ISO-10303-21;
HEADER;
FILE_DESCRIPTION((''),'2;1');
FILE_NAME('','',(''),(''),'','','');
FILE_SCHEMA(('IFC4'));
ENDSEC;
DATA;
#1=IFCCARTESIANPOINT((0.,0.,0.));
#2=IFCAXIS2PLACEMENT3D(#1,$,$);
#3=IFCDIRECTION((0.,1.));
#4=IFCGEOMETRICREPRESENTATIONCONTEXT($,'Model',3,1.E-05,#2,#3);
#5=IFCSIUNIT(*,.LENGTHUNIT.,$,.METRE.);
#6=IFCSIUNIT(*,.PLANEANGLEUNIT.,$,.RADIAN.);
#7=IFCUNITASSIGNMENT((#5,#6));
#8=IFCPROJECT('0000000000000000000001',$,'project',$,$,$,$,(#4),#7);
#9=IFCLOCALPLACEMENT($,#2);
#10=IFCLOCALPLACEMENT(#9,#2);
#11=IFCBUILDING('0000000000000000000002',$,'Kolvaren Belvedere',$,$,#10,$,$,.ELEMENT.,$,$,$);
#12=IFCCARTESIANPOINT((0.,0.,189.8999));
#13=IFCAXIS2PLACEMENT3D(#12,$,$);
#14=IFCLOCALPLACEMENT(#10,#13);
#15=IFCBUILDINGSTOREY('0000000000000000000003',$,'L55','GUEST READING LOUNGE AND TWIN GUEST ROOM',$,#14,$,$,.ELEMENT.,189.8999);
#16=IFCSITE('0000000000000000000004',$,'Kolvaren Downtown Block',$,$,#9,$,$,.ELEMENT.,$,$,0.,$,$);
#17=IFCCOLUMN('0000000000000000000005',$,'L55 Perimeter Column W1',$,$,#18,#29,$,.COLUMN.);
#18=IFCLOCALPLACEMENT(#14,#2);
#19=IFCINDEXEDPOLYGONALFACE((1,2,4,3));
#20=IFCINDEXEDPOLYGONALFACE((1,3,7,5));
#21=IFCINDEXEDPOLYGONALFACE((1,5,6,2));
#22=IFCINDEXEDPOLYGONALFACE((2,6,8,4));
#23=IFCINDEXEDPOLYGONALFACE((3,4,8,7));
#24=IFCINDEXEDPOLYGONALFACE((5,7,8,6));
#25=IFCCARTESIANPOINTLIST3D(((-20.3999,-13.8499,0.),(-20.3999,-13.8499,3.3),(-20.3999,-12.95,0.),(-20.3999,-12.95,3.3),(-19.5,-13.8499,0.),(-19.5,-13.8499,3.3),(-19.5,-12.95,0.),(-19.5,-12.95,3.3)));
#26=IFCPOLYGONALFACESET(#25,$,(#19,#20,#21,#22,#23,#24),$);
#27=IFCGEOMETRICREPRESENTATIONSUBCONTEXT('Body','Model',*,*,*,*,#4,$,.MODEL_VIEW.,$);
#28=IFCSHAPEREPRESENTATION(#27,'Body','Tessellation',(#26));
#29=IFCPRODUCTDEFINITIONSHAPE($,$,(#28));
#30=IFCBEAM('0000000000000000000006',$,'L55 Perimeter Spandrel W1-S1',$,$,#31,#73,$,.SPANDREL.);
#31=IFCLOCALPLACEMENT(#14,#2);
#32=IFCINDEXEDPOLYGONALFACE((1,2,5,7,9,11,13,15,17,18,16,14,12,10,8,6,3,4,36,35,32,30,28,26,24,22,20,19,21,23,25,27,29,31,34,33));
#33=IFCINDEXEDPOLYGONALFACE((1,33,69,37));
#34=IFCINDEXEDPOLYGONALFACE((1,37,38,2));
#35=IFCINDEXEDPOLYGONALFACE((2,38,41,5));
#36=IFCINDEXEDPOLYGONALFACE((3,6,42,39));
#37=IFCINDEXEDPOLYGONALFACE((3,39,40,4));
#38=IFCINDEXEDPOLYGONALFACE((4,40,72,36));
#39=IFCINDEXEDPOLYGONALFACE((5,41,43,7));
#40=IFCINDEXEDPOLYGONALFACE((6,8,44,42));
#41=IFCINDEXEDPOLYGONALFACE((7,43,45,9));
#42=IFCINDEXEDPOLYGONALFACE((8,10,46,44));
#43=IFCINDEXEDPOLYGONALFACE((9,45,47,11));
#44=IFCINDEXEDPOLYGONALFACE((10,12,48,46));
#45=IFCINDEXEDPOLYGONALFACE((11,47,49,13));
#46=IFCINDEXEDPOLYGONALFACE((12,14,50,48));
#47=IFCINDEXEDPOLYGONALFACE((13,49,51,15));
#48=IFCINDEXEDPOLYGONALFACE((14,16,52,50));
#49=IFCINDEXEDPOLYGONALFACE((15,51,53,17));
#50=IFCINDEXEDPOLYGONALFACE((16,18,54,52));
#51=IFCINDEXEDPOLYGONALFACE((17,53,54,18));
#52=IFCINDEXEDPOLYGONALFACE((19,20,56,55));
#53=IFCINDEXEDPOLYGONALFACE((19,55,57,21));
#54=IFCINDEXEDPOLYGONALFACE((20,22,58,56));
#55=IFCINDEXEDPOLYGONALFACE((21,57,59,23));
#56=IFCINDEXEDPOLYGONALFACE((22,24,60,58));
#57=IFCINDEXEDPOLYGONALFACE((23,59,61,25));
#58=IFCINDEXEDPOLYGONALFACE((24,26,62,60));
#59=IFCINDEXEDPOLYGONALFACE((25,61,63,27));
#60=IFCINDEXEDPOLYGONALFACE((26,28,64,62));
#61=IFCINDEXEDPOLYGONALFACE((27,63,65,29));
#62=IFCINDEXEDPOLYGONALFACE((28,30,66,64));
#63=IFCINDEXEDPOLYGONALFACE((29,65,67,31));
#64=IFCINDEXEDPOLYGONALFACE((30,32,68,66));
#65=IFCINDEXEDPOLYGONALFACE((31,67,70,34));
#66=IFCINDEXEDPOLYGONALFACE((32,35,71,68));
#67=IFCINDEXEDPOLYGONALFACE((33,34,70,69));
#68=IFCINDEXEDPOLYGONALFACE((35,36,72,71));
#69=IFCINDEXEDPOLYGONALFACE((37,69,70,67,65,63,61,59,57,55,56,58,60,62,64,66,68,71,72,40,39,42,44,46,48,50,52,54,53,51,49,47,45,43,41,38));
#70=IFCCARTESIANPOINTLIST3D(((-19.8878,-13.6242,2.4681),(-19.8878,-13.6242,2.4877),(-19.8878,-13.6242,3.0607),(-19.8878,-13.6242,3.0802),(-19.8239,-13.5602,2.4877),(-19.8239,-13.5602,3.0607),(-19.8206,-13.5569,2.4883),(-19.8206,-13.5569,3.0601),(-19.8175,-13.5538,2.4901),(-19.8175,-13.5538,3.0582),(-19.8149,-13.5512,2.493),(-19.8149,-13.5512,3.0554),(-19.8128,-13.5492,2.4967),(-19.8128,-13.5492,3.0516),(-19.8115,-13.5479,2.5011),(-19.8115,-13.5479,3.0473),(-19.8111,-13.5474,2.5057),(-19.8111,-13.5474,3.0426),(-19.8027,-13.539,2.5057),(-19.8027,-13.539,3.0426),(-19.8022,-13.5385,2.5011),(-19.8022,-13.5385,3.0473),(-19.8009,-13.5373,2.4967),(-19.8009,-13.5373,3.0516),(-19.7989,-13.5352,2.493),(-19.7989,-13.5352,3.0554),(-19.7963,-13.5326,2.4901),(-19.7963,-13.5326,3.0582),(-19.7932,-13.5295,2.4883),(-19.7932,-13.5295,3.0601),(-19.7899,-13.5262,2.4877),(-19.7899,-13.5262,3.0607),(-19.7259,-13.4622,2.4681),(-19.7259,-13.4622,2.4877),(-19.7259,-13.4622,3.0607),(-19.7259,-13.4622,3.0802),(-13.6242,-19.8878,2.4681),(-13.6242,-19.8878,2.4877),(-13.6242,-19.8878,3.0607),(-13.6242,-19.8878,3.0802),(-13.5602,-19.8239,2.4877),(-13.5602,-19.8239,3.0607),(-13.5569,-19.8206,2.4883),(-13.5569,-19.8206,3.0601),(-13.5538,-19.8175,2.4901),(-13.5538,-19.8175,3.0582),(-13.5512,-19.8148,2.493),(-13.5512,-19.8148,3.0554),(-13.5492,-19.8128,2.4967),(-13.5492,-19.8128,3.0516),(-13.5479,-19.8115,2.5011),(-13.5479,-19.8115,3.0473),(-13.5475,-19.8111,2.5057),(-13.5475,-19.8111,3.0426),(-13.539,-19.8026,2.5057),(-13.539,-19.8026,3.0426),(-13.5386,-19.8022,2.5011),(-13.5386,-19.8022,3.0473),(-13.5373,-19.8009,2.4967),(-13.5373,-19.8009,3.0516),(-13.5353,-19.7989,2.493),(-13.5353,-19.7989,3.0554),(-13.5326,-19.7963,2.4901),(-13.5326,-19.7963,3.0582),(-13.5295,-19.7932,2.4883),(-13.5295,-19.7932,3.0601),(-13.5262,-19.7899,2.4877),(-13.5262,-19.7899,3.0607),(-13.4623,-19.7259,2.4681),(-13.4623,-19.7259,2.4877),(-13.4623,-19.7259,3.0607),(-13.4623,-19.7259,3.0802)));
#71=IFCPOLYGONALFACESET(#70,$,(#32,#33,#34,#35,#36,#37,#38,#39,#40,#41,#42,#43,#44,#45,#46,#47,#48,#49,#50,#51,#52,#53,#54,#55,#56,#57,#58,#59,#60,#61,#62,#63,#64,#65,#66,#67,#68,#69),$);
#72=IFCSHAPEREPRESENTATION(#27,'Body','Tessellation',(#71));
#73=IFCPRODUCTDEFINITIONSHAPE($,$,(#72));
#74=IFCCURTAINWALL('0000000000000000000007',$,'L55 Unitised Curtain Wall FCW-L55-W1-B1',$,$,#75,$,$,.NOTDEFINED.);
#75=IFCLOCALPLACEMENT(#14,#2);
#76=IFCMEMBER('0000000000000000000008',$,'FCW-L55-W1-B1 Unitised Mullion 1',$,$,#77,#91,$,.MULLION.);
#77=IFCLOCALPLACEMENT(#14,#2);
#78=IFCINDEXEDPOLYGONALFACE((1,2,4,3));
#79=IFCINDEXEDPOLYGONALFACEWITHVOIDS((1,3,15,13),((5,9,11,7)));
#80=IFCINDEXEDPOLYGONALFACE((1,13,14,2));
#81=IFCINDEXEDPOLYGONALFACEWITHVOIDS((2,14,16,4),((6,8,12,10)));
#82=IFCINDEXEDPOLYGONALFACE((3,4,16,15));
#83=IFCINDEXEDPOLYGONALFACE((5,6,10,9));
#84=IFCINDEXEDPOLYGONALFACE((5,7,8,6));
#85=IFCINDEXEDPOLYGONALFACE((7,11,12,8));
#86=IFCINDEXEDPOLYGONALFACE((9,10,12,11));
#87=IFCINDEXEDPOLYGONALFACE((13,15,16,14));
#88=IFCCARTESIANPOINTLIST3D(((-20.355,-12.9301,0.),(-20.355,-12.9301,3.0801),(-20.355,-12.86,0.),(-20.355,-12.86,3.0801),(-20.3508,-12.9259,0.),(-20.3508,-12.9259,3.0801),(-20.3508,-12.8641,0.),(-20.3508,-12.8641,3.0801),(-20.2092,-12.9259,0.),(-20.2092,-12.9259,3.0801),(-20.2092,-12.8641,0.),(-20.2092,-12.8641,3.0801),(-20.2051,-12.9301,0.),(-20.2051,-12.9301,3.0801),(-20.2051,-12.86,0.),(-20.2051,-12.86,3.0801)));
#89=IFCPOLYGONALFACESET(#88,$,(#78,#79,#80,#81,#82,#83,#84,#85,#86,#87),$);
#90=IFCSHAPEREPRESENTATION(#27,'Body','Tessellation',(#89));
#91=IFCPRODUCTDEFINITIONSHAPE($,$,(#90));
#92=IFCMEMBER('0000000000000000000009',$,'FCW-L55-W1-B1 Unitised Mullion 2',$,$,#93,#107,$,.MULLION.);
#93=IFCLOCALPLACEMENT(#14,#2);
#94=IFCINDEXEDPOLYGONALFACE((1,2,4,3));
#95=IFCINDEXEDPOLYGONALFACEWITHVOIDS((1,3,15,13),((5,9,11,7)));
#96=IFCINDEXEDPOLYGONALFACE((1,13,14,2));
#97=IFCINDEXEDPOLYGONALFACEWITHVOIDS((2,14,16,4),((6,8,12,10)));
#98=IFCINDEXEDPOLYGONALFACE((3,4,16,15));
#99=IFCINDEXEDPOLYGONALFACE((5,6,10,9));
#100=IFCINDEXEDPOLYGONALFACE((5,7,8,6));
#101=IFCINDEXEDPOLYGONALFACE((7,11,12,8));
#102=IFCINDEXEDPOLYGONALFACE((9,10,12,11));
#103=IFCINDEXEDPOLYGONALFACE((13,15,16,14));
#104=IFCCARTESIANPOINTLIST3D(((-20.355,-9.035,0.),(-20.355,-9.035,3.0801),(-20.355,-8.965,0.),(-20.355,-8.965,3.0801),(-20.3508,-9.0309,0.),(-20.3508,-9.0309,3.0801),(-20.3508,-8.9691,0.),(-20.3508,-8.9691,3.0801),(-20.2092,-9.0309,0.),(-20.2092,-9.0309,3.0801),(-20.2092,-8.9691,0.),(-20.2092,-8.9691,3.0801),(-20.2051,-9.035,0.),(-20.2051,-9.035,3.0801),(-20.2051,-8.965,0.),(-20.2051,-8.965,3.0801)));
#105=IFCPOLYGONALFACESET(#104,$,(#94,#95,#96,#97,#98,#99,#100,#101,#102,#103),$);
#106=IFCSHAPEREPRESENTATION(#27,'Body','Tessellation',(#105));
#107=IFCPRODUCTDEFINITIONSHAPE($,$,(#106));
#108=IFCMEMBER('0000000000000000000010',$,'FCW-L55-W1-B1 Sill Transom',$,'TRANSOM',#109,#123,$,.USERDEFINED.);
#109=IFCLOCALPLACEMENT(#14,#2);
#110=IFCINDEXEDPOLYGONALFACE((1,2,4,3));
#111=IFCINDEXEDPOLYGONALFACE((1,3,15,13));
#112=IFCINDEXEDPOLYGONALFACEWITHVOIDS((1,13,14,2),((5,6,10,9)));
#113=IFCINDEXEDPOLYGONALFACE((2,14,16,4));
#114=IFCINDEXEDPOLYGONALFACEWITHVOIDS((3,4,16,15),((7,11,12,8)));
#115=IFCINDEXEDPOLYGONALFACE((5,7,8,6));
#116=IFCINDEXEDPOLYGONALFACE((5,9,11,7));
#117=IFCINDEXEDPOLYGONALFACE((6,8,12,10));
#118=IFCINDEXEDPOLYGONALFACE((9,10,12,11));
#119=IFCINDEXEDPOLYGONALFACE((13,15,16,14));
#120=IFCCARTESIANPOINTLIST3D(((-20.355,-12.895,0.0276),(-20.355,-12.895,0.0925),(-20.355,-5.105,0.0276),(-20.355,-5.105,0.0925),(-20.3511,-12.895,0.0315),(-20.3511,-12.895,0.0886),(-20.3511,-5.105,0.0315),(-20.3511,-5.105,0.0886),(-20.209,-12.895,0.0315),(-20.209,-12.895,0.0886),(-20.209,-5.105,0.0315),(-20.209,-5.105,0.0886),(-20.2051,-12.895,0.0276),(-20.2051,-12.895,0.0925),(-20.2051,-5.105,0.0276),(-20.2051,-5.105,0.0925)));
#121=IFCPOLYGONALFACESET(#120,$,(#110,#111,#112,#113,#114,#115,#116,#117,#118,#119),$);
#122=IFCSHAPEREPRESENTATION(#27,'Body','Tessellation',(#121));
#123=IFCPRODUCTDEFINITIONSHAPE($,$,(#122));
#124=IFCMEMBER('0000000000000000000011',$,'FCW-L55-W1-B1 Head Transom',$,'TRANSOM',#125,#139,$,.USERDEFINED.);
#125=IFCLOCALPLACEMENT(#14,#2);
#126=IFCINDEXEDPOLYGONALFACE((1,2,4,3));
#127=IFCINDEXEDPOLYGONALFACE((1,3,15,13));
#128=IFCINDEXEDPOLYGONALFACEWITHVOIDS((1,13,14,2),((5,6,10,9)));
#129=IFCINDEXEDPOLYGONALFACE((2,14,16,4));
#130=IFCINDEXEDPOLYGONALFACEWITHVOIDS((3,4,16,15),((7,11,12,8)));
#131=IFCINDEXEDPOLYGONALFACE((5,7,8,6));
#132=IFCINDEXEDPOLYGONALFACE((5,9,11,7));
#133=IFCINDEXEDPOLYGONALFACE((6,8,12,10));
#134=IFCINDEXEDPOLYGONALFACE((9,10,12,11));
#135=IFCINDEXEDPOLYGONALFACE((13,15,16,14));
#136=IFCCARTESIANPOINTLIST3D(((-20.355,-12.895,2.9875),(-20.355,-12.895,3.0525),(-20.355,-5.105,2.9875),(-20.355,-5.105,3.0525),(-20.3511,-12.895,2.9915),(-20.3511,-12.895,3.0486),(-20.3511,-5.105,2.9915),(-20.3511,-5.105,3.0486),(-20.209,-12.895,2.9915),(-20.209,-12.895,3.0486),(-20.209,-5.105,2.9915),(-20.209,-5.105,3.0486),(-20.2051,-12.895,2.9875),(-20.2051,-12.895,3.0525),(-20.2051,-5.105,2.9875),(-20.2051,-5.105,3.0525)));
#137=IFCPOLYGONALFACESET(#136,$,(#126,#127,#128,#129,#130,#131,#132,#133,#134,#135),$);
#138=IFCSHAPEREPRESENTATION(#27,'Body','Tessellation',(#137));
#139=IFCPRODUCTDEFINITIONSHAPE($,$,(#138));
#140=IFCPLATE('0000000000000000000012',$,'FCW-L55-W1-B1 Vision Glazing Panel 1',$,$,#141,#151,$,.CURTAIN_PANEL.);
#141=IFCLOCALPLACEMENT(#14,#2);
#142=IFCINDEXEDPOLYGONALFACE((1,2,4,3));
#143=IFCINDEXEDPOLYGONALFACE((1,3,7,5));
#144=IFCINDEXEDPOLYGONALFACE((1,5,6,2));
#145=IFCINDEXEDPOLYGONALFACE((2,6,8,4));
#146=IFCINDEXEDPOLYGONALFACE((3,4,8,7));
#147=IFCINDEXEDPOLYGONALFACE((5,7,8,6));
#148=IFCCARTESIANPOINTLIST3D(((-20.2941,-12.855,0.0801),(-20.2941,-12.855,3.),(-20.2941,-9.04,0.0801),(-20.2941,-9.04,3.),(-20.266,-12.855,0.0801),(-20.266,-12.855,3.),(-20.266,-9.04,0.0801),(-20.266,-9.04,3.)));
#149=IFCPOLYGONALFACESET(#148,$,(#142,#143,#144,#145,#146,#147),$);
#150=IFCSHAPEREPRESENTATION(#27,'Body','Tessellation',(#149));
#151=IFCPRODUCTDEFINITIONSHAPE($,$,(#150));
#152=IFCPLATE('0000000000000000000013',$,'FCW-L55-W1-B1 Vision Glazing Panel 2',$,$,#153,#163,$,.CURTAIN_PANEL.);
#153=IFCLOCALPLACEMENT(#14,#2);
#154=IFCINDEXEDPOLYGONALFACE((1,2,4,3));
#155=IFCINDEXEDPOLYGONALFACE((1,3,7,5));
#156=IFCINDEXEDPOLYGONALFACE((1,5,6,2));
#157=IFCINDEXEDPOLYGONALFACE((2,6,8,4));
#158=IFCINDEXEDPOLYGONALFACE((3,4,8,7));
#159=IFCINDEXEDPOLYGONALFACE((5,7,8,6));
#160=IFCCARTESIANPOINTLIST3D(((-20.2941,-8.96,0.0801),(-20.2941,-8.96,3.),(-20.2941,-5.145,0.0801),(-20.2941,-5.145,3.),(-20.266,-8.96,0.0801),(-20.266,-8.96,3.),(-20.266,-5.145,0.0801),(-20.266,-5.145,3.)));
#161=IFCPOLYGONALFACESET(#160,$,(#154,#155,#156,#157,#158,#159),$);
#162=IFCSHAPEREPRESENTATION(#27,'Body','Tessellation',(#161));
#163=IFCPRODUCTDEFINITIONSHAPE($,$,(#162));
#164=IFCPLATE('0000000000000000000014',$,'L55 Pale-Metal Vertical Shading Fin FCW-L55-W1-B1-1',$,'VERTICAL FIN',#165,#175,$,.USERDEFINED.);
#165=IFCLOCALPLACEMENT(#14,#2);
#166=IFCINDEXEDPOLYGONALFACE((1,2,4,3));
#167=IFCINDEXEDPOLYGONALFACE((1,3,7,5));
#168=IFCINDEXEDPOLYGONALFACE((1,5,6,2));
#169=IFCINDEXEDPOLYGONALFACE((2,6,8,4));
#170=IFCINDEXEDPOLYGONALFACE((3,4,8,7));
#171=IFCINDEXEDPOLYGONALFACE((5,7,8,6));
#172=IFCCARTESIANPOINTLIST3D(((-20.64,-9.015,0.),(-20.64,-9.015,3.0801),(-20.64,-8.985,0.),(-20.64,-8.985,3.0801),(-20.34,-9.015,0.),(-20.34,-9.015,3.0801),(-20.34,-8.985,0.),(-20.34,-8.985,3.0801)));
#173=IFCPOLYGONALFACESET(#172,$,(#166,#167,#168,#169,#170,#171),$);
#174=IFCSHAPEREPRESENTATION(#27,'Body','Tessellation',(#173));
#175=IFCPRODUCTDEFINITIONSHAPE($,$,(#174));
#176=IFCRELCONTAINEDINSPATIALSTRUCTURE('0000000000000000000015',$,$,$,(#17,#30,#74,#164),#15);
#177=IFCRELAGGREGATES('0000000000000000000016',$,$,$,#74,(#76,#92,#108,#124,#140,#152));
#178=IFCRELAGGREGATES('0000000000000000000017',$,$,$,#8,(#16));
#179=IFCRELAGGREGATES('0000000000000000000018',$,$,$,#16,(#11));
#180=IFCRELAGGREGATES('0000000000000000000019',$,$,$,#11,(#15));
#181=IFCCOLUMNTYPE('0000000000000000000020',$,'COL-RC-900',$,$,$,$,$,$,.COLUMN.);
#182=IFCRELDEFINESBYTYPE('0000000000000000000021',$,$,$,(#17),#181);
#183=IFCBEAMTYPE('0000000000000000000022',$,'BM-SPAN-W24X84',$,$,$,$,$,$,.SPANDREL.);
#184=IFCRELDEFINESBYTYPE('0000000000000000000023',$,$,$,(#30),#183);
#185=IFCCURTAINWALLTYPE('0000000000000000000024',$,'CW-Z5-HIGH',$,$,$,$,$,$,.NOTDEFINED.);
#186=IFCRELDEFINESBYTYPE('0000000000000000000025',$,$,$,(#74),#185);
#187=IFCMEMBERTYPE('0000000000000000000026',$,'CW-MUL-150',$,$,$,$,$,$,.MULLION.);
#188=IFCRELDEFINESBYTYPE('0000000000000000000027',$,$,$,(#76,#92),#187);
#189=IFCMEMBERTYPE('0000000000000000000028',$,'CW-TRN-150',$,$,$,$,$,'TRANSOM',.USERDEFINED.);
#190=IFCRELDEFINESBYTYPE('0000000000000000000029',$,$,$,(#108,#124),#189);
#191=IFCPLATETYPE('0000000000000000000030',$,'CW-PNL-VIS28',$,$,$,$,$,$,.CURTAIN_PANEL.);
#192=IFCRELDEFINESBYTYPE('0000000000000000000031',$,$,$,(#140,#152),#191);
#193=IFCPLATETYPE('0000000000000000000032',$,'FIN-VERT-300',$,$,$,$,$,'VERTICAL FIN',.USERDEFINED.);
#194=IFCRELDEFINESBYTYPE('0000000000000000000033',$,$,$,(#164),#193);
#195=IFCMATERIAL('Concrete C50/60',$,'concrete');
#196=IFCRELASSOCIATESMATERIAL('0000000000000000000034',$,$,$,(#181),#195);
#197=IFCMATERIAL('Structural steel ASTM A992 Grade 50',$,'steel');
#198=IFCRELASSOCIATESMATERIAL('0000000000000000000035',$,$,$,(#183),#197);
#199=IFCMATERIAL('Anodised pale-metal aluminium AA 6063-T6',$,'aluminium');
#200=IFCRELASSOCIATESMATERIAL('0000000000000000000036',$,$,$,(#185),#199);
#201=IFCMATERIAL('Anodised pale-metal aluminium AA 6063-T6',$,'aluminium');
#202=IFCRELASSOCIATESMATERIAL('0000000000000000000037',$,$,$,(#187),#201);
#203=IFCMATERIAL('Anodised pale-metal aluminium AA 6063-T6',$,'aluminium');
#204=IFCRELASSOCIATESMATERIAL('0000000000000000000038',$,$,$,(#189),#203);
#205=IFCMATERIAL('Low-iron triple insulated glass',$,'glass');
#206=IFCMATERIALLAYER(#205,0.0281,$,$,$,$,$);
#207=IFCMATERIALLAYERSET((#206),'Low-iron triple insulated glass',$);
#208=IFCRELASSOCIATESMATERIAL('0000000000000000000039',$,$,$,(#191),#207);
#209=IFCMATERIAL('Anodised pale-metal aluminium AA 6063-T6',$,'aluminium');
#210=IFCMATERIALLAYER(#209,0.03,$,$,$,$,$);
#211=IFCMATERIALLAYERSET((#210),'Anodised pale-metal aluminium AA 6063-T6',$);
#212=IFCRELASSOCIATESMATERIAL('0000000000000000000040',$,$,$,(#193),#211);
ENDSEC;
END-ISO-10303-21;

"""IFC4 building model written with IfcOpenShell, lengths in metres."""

from ifc_helpers import new_model, si_unit, direction, frame, origin, origin_2d, place, context, subcontext, project, spatial, rectangle, hollow_rectangle, i_section, extrude, material, layer, layer_set, material_profile, profile_set, type_object, element, aggregate, save


model = new_model("IFC4")

# Units and contexts
model_context = context("Model", 3, precision=1e-05, world=origin(), true_north=direction((0.0, 1.0)))
body_context = subcontext(model_context, "Body", "Model", "MODEL_VIEW")
ifc_project = project(units=[si_unit("LENGTHUNIT", "METRE"), si_unit("PLANEANGLEUNIT", "RADIAN")], contexts=[model_context])

# Site, building, storey
site_placement = place(None, origin())
site = spatial("IfcSite", under=ifc_project, at=site_placement, Name="Kolvaren Downtown Block", CompositionType="ELEMENT", RefElevation=0.0)
building_placement = place(site_placement, origin())
building = spatial("IfcBuilding", under=site, at=building_placement, Name="Kolvaren Belvedere", CompositionType="ELEMENT")
storey_placement = place(building_placement, frame((0.0, 0.0, 189.8999)))
storey = spatial("IfcBuildingStorey", under=building, at=storey_placement, Name="L55", Description="GUEST READING LOUNGE AND TWIN GUEST ROOM", CompositionType="ELEMENT", Elevation=189.8999)

# Column
ifc_material_1 = material(Name="Concrete C50/60", Category="concrete")
ifc_material_profile_1 = material_profile(ifc_material_1, rectangle(XDim=0.8999, YDim=0.8999, at=origin_2d()), Name="RC 900X900")
ifc_profile_set_1 = profile_set([ifc_material_profile_1], Name="Concrete C50/60")
column_type = type_object("IfcColumnType", Name="COL-RC-900", PredefinedType="COLUMN", material=ifc_profile_set_1)
column_placement = place(storey_placement, frame((-19.95, -13.3999, 0.0), z_axis=(0.0, 0.0, 1.0), x_axis=(1.0, 0.0, 0.0)))
element("IfcColumn", 1, at=column_placement, inside=storey, type_object=column_type, Name="L55 Perimeter Column W1", PredefinedType="COLUMN", context=body_context, shape_type="SweptSolid", body=[
    extrude(rectangle(XDim=0.8999, YDim=0.8999, at=origin_2d()), origin(), (0.0, 0.0, 1.0), 3.3),
])

# Beam
ifc_material_2 = material(Name="Structural steel ASTM A992 Grade 50", Category="steel")
ifc_material_profile_2 = material_profile(ifc_material_2, i_section(OverallWidth=0.229, OverallDepth=0.6121, WebThickness=0.012, FlangeThickness=0.0195, FilletRadius=0.0181, at=origin_2d()), Name="W24X84")
ifc_profile_set_2 = profile_set([ifc_material_profile_2], Name="Structural steel ASTM A992 Grade 50")
beam_type = type_object("IfcBeamType", Name="BM-SPAN-W24X84", PredefinedType="SPANDREL", material=ifc_profile_set_2)
beam_placement = place(storey_placement, frame((-19.8069, -13.5432, 2.7742), z_axis=(0.707107, -0.707107, 0.0), x_axis=(0.707107, 0.707107, 0.0)))
element("IfcBeam", 2, at=beam_placement, inside=storey, type_object=beam_type, Name="L55 Perimeter Spandrel W1-S1", PredefinedType="SPANDREL", context=body_context, shape_type="SweptSolid", body=[
    extrude(i_section(OverallWidth=0.229, OverallDepth=0.6121, WebThickness=0.012, FlangeThickness=0.0195, FilletRadius=0.0181, at=origin_2d()), origin(), (0.0, 0.0, 1.0), 8.8582),
])

# Curtain wall, members, plates
ifc_material_3 = material(Name="Anodised pale-metal aluminium AA 6063-T6", Category="aluminium")
curtain_wall_type = type_object("IfcCurtainWallType", Name="CW-Z5-HIGH", PredefinedType="NOTDEFINED", material=ifc_material_3)
curtain_wall_placement = place(storey_placement, origin())
curtain_wall = element("IfcCurtainWall", 3, at=curtain_wall_placement, inside=storey, type_object=curtain_wall_type, Name="L55 Unitised Curtain Wall FCW-L55-W1-B1", PredefinedType="NOTDEFINED")
ifc_material_4 = material(Name="Anodised pale-metal aluminium AA 6063-T6", Category="aluminium")
ifc_material_profile_3 = material_profile(ifc_material_4, hollow_rectangle(XDim=0.0701, YDim=0.1499, WallThickness=0.0042, at=origin_2d()), Name="ALU-MUL-150X70")
ifc_profile_set_3 = profile_set([ifc_material_profile_3], Name="Anodised pale-metal aluminium AA 6063-T6")
member_type_1 = type_object("IfcMemberType", Name="CW-MUL-150", PredefinedType="MULLION", material=ifc_profile_set_3)
member_1_placement = place(storey_placement, frame((-20.28, -12.895, 0.0), z_axis=(0.0, 0.0, 1.0), x_axis=(0.0, 1.0, 0.0)))
member_1 = element("IfcMember", 4, at=member_1_placement, type_object=member_type_1, Name="FCW-L55-W1-B1 Unitised Mullion 1", PredefinedType="MULLION", context=body_context, shape_type="SweptSolid", body=[
    extrude(hollow_rectangle(XDim=0.0701, YDim=0.1499, WallThickness=0.0042, at=origin_2d()), origin(), (0.0, 0.0, 1.0), 3.0801),
])
member_2_placement = place(storey_placement, frame((-20.28, -9.0, 0.0), z_axis=(0.0, 0.0, 1.0), x_axis=(0.0, 1.0, 0.0)))
member_2 = element("IfcMember", 5, at=member_2_placement, type_object=member_type_1, Name="FCW-L55-W1-B1 Unitised Mullion 2", PredefinedType="MULLION", context=body_context, shape_type="SweptSolid", body=[
    extrude(hollow_rectangle(XDim=0.0701, YDim=0.1499, WallThickness=0.0042, at=origin_2d()), origin(), (0.0, 0.0, 1.0), 3.0801),
])
ifc_material_5 = material(Name="Anodised pale-metal aluminium AA 6063-T6", Category="aluminium")
ifc_material_profile_4 = material_profile(ifc_material_5, hollow_rectangle(XDim=0.0649, YDim=0.1499, WallThickness=0.0039, at=origin_2d()), Name="ALU-TRN-150X65")
ifc_profile_set_4 = profile_set([ifc_material_profile_4], Name="Anodised pale-metal aluminium AA 6063-T6")
member_type_2 = type_object("IfcMemberType", Name="CW-TRN-150", ElementType="TRANSOM", PredefinedType="USERDEFINED", material=ifc_profile_set_4)
member_3_placement = place(storey_placement, frame((-20.28, -12.895, 0.0601), z_axis=(0.0, 1.0, 0.0), x_axis=(0.0, 0.0, 1.0)))
member_3 = element("IfcMember", 6, at=member_3_placement, type_object=member_type_2, Name="FCW-L55-W1-B1 Sill Transom", ObjectType="TRANSOM", PredefinedType="USERDEFINED", context=body_context, shape_type="SweptSolid", body=[
    extrude(hollow_rectangle(XDim=0.0649, YDim=0.1499, WallThickness=0.0039, at=origin_2d()), origin(), (0.0, 0.0, 1.0), 7.79),
])
member_4_placement = place(storey_placement, frame((-20.28, -12.895, 3.02), z_axis=(0.0, 1.0, 0.0), x_axis=(0.0, 0.0, 1.0)))
member_4 = element("IfcMember", 7, at=member_4_placement, type_object=member_type_2, Name="FCW-L55-W1-B1 Head Transom", ObjectType="TRANSOM", PredefinedType="USERDEFINED", context=body_context, shape_type="SweptSolid", body=[
    extrude(hollow_rectangle(XDim=0.0649, YDim=0.1499, WallThickness=0.0039, at=origin_2d()), origin(), (0.0, 0.0, 1.0), 7.79),
])
ifc_material_6 = material(Name="Low-iron triple insulated glass", Category="glass")
ifc_layer_1 = layer(ifc_material_6, 0.0281)
ifc_layer_set_1 = layer_set([ifc_layer_1], Name="Low-iron triple insulated glass")
plate_type_1 = type_object("IfcPlateType", Name="CW-PNL-VIS28", PredefinedType="CURTAIN_PANEL", material=ifc_layer_set_1)
plate_1_placement = place(storey_placement, frame((-20.28, -10.9475, 0.0801), z_axis=(0.0, 0.0, 1.0), x_axis=(0.0, 1.0, 0.0)))
plate_1 = element("IfcPlate", 8, at=plate_1_placement, type_object=plate_type_1, Name="FCW-L55-W1-B1 Vision Glazing Panel 1", PredefinedType="CURTAIN_PANEL", context=body_context, shape_type="SweptSolid", body=[
    extrude(rectangle(XDim=3.8149, YDim=0.0281, at=origin_2d()), origin(), (0.0, 0.0, 1.0), 2.9199),
])
plate_2_placement = place(storey_placement, frame((-20.28, -7.0525, 0.0801), z_axis=(0.0, 0.0, 1.0), x_axis=(0.0, 1.0, 0.0)))
plate_2 = element("IfcPlate", 9, at=plate_2_placement, type_object=plate_type_1, Name="FCW-L55-W1-B1 Vision Glazing Panel 2", PredefinedType="CURTAIN_PANEL", context=body_context, shape_type="SweptSolid", body=[
    extrude(rectangle(XDim=3.8149, YDim=0.0281, at=origin_2d()), origin(), (0.0, 0.0, 1.0), 2.9199),
])
aggregate(curtain_wall, [member_1, member_2, member_3, member_4, plate_1, plate_2])

# Plate
ifc_material_7 = material(Name="Anodised pale-metal aluminium AA 6063-T6", Category="aluminium")
ifc_layer_2 = layer(ifc_material_7, 0.03)
ifc_layer_set_2 = layer_set([ifc_layer_2], Name="Anodised pale-metal aluminium AA 6063-T6")
plate_type_2 = type_object("IfcPlateType", Name="FIN-VERT-300", ElementType="VERTICAL FIN", PredefinedType="USERDEFINED", material=ifc_layer_set_2)
plate_3_placement = place(storey_placement, frame((-20.49, -9.0, 0.0), z_axis=(0.0, 0.0, 1.0), x_axis=(1.0, 0.0, 0.0)))
element("IfcPlate", 10, at=plate_3_placement, inside=storey, type_object=plate_type_2, Name="L55 Pale-Metal Vertical Shading Fin FCW-L55-W1-B1-1", ObjectType="VERTICAL FIN", PredefinedType="USERDEFINED", context=body_context, shape_type="SweptSolid", body=[
    extrude(rectangle(XDim=0.3, YDim=0.03, at=origin_2d()), origin(), (0.0, 0.0, 1.0), 3.0801),
])

save(model, "model.ifc")
